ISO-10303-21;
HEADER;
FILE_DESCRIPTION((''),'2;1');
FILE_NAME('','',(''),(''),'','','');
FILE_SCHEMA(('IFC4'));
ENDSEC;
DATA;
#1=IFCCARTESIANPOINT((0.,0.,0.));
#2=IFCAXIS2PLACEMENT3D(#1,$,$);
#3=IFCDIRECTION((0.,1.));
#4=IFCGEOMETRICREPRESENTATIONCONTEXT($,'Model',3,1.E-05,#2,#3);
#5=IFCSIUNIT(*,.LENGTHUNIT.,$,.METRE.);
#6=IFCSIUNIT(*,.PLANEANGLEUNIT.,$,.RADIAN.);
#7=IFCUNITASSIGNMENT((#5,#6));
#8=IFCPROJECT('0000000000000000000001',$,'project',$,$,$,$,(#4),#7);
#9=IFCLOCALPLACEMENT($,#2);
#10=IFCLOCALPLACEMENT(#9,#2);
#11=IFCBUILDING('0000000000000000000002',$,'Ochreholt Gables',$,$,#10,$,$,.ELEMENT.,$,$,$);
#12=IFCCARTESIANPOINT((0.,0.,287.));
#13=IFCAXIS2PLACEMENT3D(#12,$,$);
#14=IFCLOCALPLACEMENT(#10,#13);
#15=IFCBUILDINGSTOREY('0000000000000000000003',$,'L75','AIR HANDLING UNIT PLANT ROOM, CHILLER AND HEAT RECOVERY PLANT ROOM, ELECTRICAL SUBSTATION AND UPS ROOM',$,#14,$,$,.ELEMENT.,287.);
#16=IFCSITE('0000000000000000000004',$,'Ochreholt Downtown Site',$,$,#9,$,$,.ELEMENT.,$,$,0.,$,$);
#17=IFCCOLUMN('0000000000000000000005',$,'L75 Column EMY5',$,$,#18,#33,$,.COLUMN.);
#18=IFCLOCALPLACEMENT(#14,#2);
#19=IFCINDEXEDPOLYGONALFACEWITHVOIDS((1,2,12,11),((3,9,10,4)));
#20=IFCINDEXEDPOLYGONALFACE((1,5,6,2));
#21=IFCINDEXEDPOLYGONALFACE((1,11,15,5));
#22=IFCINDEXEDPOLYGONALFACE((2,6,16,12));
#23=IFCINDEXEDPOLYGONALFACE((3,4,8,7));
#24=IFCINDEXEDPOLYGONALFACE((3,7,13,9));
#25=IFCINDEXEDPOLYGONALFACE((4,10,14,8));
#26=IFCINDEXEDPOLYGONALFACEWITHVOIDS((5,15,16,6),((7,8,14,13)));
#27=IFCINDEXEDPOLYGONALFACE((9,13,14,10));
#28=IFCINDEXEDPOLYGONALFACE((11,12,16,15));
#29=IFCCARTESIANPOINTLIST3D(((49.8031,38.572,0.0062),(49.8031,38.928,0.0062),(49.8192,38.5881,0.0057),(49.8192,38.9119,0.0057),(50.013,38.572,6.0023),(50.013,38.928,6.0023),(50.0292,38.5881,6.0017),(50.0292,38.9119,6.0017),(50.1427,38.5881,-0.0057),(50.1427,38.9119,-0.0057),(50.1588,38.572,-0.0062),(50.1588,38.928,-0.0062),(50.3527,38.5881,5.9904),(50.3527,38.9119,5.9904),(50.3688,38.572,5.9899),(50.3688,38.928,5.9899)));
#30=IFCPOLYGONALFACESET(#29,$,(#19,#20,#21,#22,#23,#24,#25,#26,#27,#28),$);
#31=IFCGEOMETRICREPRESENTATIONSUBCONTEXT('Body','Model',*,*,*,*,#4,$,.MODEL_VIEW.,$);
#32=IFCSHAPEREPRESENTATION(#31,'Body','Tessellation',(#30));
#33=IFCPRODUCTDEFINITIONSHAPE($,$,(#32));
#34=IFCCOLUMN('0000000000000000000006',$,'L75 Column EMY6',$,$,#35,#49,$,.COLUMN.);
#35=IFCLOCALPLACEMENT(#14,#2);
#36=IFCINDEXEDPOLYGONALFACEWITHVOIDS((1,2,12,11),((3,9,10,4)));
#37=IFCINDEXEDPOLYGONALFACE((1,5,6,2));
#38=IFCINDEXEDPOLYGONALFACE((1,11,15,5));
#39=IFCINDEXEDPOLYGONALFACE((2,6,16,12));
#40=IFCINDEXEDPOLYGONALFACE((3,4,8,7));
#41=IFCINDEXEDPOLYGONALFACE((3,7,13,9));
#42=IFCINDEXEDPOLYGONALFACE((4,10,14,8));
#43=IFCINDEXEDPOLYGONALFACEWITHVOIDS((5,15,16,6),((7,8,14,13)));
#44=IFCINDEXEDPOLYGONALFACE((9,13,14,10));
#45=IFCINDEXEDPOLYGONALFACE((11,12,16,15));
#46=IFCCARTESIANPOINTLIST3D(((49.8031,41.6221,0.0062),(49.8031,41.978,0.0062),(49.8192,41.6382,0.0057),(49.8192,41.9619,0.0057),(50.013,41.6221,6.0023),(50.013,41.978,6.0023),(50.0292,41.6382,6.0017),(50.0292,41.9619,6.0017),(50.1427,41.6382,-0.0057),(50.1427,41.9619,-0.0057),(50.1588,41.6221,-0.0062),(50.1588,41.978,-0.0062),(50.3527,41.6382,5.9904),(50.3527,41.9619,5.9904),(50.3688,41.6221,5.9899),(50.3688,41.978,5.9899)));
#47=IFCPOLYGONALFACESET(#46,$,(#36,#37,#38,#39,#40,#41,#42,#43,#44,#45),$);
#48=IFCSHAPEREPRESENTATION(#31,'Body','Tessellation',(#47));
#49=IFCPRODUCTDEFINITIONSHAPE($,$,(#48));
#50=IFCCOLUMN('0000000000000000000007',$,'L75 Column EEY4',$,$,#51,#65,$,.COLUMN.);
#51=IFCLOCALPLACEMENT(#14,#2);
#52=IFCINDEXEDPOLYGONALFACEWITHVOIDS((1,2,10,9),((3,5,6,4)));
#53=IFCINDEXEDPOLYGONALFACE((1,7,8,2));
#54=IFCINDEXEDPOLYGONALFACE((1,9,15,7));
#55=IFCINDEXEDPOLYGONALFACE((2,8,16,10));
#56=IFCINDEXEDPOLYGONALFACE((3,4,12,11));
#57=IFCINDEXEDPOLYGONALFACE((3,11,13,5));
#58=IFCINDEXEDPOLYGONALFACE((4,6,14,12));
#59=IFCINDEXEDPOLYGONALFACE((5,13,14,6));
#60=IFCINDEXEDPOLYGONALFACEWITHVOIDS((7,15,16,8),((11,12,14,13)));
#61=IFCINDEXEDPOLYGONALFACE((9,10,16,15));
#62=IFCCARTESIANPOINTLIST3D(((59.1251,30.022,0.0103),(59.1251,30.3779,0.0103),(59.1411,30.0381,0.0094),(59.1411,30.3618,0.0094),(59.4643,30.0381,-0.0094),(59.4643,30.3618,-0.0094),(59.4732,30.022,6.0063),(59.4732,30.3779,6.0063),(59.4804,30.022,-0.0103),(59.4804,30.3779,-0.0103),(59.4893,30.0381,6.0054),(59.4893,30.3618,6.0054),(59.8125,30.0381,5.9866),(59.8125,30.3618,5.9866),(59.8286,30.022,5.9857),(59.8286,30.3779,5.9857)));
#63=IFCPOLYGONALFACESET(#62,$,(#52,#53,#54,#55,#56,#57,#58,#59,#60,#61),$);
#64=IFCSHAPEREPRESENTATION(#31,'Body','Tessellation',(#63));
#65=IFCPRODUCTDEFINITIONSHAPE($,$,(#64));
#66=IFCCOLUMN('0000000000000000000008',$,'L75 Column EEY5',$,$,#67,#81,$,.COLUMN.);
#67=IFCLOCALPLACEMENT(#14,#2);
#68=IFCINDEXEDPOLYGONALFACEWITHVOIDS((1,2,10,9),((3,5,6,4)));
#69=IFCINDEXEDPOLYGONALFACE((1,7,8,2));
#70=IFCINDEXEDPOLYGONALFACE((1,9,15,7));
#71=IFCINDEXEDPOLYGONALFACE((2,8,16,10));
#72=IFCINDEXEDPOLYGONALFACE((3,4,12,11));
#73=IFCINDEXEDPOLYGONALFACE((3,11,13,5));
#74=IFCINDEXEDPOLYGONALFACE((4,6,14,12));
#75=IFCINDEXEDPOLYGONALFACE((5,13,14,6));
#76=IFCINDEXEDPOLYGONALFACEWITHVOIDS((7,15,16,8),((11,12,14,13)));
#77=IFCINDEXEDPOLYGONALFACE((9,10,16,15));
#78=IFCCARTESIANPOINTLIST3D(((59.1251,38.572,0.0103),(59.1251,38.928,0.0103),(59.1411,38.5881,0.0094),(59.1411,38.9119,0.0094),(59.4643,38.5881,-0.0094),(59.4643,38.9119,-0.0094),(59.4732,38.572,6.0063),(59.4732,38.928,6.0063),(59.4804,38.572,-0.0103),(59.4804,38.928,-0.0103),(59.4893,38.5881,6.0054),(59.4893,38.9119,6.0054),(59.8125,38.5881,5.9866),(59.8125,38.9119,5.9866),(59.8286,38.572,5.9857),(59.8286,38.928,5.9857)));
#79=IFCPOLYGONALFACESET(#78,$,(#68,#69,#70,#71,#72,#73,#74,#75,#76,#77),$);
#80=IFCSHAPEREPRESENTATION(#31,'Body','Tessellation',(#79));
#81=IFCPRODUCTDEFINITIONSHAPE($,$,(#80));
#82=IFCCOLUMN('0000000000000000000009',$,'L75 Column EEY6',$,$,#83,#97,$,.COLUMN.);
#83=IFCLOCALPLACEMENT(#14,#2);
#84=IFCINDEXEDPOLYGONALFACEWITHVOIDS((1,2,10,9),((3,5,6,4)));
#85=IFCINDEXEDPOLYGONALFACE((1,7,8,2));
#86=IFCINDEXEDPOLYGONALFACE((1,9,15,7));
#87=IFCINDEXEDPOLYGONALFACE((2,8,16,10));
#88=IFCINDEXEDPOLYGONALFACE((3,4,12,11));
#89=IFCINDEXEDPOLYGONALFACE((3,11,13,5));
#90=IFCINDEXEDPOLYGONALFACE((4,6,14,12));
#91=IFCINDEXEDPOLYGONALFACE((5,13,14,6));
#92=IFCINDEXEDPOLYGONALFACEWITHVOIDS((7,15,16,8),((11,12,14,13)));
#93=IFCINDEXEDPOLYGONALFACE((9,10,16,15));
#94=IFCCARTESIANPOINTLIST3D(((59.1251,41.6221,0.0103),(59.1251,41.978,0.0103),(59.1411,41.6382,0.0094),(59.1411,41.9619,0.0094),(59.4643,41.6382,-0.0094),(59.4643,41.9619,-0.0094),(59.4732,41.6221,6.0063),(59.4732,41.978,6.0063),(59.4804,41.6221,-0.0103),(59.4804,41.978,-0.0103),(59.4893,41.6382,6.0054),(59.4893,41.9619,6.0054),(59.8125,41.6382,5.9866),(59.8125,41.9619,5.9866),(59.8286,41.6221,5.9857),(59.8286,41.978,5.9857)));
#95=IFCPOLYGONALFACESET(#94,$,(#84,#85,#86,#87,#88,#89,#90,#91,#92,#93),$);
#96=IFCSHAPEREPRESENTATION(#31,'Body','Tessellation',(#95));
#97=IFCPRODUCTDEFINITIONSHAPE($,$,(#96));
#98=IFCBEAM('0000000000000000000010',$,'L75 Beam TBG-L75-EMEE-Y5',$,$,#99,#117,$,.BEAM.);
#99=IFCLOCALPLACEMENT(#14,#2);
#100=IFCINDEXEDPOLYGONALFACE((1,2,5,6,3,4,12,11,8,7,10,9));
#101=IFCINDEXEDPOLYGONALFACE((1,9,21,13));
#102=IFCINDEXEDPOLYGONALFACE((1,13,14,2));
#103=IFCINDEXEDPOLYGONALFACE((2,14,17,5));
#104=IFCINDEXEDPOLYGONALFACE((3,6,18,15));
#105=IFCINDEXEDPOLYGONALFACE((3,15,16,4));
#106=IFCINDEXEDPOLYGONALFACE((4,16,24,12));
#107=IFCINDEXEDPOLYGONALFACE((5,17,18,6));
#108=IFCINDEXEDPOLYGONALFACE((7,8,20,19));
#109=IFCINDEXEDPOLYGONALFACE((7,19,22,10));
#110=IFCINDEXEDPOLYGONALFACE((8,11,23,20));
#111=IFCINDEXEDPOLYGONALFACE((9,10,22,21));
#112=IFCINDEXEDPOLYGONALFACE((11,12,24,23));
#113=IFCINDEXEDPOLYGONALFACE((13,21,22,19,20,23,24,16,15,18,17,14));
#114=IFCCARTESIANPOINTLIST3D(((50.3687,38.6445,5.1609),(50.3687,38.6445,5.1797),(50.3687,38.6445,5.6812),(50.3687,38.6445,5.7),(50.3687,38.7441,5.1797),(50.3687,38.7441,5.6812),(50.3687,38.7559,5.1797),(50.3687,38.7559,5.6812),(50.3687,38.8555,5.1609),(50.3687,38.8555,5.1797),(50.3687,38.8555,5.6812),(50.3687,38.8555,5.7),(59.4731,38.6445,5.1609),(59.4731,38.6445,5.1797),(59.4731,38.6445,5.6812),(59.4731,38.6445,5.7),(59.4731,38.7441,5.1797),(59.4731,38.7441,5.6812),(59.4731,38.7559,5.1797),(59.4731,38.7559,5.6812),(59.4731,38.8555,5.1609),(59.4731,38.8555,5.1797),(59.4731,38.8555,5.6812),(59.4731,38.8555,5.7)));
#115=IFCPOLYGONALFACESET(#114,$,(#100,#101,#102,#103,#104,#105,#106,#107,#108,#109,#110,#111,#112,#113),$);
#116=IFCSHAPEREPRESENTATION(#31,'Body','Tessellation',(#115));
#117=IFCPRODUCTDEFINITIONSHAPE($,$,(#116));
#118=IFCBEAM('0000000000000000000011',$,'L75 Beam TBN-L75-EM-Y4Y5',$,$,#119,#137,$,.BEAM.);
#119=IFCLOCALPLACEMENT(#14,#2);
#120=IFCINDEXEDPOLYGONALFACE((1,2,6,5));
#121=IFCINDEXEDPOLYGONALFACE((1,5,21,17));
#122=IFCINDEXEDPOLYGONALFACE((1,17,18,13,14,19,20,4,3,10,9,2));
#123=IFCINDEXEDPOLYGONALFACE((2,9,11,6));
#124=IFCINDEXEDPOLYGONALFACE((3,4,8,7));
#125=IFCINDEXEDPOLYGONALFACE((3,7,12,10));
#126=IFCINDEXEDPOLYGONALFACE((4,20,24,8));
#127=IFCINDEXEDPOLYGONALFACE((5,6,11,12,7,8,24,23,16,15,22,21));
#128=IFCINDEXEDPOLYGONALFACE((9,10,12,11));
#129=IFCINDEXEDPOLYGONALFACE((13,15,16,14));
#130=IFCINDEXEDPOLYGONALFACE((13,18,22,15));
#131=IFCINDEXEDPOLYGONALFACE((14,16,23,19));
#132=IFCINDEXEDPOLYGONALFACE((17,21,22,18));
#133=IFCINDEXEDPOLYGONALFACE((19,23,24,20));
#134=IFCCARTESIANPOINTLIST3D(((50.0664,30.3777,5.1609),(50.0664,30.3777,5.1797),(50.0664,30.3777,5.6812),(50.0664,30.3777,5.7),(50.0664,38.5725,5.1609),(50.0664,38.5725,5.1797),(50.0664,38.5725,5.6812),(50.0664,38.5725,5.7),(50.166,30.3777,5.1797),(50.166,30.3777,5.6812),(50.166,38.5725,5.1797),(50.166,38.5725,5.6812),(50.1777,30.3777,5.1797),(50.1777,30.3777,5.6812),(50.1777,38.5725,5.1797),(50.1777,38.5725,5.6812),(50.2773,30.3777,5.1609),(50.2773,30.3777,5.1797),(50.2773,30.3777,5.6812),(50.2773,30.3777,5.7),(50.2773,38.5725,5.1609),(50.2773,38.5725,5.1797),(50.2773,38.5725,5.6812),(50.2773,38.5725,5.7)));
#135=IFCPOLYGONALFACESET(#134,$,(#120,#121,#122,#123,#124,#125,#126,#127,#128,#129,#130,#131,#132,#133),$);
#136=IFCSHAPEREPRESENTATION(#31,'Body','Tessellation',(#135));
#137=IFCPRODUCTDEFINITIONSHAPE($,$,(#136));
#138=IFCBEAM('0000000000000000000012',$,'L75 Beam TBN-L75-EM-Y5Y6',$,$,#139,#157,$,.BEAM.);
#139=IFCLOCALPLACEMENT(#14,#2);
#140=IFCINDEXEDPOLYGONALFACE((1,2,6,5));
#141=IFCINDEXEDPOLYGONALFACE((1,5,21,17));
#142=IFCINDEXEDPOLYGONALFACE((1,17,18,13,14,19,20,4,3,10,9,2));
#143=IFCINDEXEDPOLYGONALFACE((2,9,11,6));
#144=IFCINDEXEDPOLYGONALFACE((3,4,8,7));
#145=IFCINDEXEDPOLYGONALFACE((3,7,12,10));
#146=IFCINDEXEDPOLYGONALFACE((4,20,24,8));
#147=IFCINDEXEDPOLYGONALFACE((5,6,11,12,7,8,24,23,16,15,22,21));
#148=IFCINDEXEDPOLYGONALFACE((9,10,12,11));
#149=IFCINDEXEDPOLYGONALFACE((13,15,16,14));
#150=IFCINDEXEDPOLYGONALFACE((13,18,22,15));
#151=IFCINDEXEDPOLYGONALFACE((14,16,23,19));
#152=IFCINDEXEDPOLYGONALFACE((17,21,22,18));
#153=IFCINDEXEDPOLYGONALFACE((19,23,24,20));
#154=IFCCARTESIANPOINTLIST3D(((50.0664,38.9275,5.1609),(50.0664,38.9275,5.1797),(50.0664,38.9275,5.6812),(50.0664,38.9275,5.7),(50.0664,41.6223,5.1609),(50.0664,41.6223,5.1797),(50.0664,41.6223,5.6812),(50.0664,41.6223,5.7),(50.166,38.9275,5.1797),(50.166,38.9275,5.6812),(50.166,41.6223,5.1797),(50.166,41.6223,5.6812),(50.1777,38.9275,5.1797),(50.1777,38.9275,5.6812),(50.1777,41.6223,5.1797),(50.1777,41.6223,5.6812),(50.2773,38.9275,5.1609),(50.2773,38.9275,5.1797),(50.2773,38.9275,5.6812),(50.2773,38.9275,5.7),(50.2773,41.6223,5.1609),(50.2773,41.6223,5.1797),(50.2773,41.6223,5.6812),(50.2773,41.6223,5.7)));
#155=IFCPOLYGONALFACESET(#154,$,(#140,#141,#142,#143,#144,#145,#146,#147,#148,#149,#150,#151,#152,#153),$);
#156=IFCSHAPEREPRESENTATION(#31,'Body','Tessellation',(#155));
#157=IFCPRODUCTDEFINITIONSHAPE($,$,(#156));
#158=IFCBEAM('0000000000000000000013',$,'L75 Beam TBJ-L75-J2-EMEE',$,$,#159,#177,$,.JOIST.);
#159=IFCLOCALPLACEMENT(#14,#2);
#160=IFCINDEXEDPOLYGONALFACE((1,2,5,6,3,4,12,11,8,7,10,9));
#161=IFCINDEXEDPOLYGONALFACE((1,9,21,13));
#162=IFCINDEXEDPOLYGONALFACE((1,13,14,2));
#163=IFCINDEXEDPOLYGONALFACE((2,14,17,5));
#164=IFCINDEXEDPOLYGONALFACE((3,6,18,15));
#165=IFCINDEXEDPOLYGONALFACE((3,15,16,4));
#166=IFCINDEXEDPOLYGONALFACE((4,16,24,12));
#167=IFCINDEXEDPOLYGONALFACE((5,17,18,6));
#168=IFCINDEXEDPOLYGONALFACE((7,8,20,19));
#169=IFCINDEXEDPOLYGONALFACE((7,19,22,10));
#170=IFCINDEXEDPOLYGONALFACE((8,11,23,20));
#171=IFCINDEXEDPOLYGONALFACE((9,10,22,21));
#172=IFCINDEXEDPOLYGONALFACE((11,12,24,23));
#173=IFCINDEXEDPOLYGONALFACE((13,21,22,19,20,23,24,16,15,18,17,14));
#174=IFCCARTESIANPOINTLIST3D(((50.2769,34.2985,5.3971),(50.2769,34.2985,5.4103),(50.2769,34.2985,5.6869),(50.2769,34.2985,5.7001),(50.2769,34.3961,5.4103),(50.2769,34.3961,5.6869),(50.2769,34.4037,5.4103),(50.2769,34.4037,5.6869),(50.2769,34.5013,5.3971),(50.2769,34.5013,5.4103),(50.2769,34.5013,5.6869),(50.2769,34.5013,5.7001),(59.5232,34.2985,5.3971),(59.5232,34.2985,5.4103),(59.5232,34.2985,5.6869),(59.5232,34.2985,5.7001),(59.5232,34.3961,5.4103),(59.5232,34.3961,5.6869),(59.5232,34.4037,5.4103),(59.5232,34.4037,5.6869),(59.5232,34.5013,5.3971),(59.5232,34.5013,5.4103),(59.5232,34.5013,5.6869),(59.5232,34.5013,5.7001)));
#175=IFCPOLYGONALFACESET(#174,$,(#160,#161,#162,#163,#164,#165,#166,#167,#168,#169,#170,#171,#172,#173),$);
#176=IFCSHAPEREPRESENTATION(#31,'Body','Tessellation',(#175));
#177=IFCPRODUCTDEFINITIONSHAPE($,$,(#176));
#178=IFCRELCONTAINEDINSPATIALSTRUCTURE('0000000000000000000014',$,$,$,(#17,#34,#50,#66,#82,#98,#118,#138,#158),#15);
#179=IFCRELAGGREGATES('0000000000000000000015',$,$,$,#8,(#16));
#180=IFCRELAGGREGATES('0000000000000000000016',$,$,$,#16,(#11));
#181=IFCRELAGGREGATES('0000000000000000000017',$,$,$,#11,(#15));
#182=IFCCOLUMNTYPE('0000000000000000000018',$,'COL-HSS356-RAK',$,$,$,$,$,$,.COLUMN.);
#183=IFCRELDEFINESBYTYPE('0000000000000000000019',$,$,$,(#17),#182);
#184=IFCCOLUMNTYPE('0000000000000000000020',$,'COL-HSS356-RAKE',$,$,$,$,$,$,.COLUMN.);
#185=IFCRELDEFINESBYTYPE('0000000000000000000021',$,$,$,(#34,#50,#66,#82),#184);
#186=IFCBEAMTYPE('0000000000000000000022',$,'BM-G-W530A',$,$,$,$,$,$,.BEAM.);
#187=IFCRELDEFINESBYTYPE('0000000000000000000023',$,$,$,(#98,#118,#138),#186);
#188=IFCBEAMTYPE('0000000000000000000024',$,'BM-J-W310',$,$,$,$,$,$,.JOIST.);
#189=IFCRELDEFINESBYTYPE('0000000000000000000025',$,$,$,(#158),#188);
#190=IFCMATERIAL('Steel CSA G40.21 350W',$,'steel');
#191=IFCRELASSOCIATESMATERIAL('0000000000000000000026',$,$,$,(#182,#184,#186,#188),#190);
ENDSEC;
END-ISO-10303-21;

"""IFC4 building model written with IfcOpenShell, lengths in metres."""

from ifc_helpers import new_model, si_unit, direction, frame, origin, origin_2d, place, context, subcontext, project, spatial, hollow_rectangle, i_section, extrude, material, material_profile, profile_set, type_object, element, save


model = new_model("IFC4")

# Units and contexts
model_context = context("Model", 3, precision=1e-05, world=origin(), true_north=direction((0.0, 1.0)))
body_context = subcontext(model_context, "Body", "Model", "MODEL_VIEW")
ifc_project = project(units=[si_unit("LENGTHUNIT", "METRE"), si_unit("PLANEANGLEUNIT", "RADIAN")], contexts=[model_context])

# Site, building, storey
site_placement = place(None, origin())
site = spatial("IfcSite", under=ifc_project, at=site_placement, Name="Ochreholt Downtown Site", CompositionType="ELEMENT", RefElevation=0.0)
building_placement = place(site_placement, origin())
building = spatial("IfcBuilding", under=site, at=building_placement, Name="Ochreholt Gables", CompositionType="ELEMENT")
storey_placement = place(building_placement, frame((0.0, 0.0, 287.0)))
storey = spatial("IfcBuildingStorey", under=building, at=storey_placement, Name="L75", Description="AIR HANDLING UNIT PLANT ROOM, CHILLER AND HEAT RECOVERY PLANT ROOM, ELECTRICAL SUBSTATION AND UPS ROOM", CompositionType="ELEMENT", Elevation=287.0)

# Columns
ifc_material_1 = material(Name="Steel CSA G40.21 350W", Category="steel")
ifc_material_profile_1 = material_profile(ifc_material_1, hollow_rectangle(XDim=0.356, YDim=0.356, WallThickness=0.0161, at=origin_2d()), Name="HSS356X356X16")
ifc_profile_set_1 = profile_set([ifc_material_profile_1], Name="Steel CSA G40.21 350W")
column_type_1 = type_object("IfcColumnType", Name="COL-HSS356-RAK", PredefinedType="COLUMN", material=ifc_profile_set_1)
column_1_placement = place(storey_placement, frame((49.981, 38.75, 0.0), z_axis=(0.034995, 0.0, 0.999387), x_axis=(0.0, 1.0, 0.0)))
element("IfcColumn", 1, at=column_1_placement, inside=storey, type_object=column_type_1, Name="L75 Column EMY5", PredefinedType="COLUMN", context=body_context, shape_type="SweptSolid", body=[
    extrude(hollow_rectangle(XDim=0.356, YDim=0.356, WallThickness=0.0161, at=origin_2d()), origin(), (0.0, 0.0, 1.0), 5.9998),
])
ifc_material_profile_2 = material_profile(ifc_material_1, hollow_rectangle(XDim=0.356, YDim=0.356, WallThickness=0.0161, at=origin_2d()), Name="HSS356X356X16")
ifc_profile_set_2 = profile_set([ifc_material_profile_2], Name="Steel CSA G40.21 350W")
column_type_2 = type_object("IfcColumnType", Name="COL-HSS356-RAKE", PredefinedType="COLUMN", material=ifc_profile_set_2)
column_2_placement = place(storey_placement, frame((49.981, 41.8, 0.0), z_axis=(0.034995, 0.0, 0.999387), x_axis=(0.0, 1.0, 0.0)))
element("IfcColumn", 2, at=column_2_placement, inside=storey, type_object=column_type_2, Name="L75 Column EMY6", PredefinedType="COLUMN", context=body_context, shape_type="SweptSolid", body=[
    extrude(hollow_rectangle(XDim=0.356, YDim=0.356, WallThickness=0.0161, at=origin_2d()), origin(), (0.0, 0.0, 1.0), 5.9998),
])
for number, where, z_axis, x_axis, name in (
    (3, (59.3027, 30.2, 0.0), (0.057964, 0.0, 0.998319), (0.0, 1.0, 0.0), "L75 Column EEY4"),
    (4, (59.3027, 38.75, 0.0), (0.057964, 0.0, 0.998319), (0.0, 1.0, 0.0), "L75 Column EEY5"),
    (5, (59.3027, 41.8, 0.0), (0.057964, 0.0, 0.998319), (0.0, 1.0, 0.0), "L75 Column EEY6"),
):
    element("IfcColumn", number, at=place(storey_placement, frame(where, z_axis=z_axis, x_axis=x_axis)), inside=storey, type_object=column_type_2, Name=name, PredefinedType="COLUMN", context=body_context, shape_type="SweptSolid", body=[
        extrude(hollow_rectangle(XDim=0.356, YDim=0.356, WallThickness=0.0161, at=origin_2d()), origin(), (0.0, 0.0, 1.0), 6.0061),
    ])

# Beams
ifc_material_profile_3 = material_profile(ifc_material_1, i_section(OverallWidth=0.2109, OverallDepth=0.5391, WebThickness=0.0117, FlangeThickness=0.0188, at=origin_2d()), Name="W530X109")
ifc_profile_set_3 = profile_set([ifc_material_profile_3], Name="Steel CSA G40.21 350W")
beam_type_1 = type_object("IfcBeamType", Name="BM-G-W530A", PredefinedType="BEAM", material=ifc_profile_set_3)
beam_1_placement = place(storey_placement, frame((50.3687, 38.75, 5.4304), z_axis=(1.0, 0.0, 0.0), x_axis=(0.0, 1.0, 0.0)))
element("IfcBeam", 6, at=beam_1_placement, inside=storey, type_object=beam_type_1, Name="L75 Beam TBG-L75-EMEE-Y5", PredefinedType="BEAM", context=body_context, shape_type="SweptSolid", body=[
    extrude(i_section(OverallWidth=0.2109, OverallDepth=0.5391, WebThickness=0.0117, FlangeThickness=0.0188, at=origin_2d()), origin(), (0.0, 0.0, 1.0), 9.1045),
])
beam_2_placement = place(storey_placement, frame((50.1719, 30.3777, 5.4304), z_axis=(0.0, 1.0, 0.0), x_axis=(-1.0, 0.0, 0.0)))
element("IfcBeam", 7, at=beam_2_placement, inside=storey, type_object=beam_type_1, Name="L75 Beam TBN-L75-EM-Y4Y5", PredefinedType="BEAM", context=body_context, shape_type="SweptSolid", body=[
    extrude(i_section(OverallWidth=0.2109, OverallDepth=0.5391, WebThickness=0.0117, FlangeThickness=0.0188, at=origin_2d()), origin(), (0.0, 0.0, 1.0), 8.1948),
])
beam_3_placement = place(storey_placement, frame((50.1719, 38.9275, 5.4304), z_axis=(0.0, 1.0, 0.0), x_axis=(-1.0, 0.0, 0.0)))
element("IfcBeam", 8, at=beam_3_placement, inside=storey, type_object=beam_type_1, Name="L75 Beam TBN-L75-EM-Y5Y6", PredefinedType="BEAM", context=body_context, shape_type="SweptSolid", body=[
    extrude(i_section(OverallWidth=0.2109, OverallDepth=0.5391, WebThickness=0.0117, FlangeThickness=0.0188, at=origin_2d()), origin(), (0.0, 0.0, 1.0), 2.6948),
])
ifc_material_profile_4 = material_profile(ifc_material_1, i_section(OverallWidth=0.2029, OverallDepth=0.303, WebThickness=0.0076, FlangeThickness=0.0132, at=origin_2d()), Name="W310X60")
ifc_profile_set_4 = profile_set([ifc_material_profile_4], Name="Steel CSA G40.21 350W")
beam_type_2 = type_object("IfcBeamType", Name="BM-J-W310", PredefinedType="JOIST", material=ifc_profile_set_4)
beam_4_placement = place(storey_placement, frame((50.2769, 34.3999, 5.5486), z_axis=(1.0, 0.0, 0.0), x_axis=(0.0, 1.0, 0.0)))
element("IfcBeam", 9, at=beam_4_placement, inside=storey, type_object=beam_type_2, Name="L75 Beam TBJ-L75-J2-EMEE", PredefinedType="JOIST", context=body_context, shape_type="SweptSolid", body=[
    extrude(i_section(OverallWidth=0.2029, OverallDepth=0.303, WebThickness=0.0076, FlangeThickness=0.0132, at=origin_2d()), origin(), (0.0, 0.0, 1.0), 9.2463),
])

save(model, "model.ifc")
